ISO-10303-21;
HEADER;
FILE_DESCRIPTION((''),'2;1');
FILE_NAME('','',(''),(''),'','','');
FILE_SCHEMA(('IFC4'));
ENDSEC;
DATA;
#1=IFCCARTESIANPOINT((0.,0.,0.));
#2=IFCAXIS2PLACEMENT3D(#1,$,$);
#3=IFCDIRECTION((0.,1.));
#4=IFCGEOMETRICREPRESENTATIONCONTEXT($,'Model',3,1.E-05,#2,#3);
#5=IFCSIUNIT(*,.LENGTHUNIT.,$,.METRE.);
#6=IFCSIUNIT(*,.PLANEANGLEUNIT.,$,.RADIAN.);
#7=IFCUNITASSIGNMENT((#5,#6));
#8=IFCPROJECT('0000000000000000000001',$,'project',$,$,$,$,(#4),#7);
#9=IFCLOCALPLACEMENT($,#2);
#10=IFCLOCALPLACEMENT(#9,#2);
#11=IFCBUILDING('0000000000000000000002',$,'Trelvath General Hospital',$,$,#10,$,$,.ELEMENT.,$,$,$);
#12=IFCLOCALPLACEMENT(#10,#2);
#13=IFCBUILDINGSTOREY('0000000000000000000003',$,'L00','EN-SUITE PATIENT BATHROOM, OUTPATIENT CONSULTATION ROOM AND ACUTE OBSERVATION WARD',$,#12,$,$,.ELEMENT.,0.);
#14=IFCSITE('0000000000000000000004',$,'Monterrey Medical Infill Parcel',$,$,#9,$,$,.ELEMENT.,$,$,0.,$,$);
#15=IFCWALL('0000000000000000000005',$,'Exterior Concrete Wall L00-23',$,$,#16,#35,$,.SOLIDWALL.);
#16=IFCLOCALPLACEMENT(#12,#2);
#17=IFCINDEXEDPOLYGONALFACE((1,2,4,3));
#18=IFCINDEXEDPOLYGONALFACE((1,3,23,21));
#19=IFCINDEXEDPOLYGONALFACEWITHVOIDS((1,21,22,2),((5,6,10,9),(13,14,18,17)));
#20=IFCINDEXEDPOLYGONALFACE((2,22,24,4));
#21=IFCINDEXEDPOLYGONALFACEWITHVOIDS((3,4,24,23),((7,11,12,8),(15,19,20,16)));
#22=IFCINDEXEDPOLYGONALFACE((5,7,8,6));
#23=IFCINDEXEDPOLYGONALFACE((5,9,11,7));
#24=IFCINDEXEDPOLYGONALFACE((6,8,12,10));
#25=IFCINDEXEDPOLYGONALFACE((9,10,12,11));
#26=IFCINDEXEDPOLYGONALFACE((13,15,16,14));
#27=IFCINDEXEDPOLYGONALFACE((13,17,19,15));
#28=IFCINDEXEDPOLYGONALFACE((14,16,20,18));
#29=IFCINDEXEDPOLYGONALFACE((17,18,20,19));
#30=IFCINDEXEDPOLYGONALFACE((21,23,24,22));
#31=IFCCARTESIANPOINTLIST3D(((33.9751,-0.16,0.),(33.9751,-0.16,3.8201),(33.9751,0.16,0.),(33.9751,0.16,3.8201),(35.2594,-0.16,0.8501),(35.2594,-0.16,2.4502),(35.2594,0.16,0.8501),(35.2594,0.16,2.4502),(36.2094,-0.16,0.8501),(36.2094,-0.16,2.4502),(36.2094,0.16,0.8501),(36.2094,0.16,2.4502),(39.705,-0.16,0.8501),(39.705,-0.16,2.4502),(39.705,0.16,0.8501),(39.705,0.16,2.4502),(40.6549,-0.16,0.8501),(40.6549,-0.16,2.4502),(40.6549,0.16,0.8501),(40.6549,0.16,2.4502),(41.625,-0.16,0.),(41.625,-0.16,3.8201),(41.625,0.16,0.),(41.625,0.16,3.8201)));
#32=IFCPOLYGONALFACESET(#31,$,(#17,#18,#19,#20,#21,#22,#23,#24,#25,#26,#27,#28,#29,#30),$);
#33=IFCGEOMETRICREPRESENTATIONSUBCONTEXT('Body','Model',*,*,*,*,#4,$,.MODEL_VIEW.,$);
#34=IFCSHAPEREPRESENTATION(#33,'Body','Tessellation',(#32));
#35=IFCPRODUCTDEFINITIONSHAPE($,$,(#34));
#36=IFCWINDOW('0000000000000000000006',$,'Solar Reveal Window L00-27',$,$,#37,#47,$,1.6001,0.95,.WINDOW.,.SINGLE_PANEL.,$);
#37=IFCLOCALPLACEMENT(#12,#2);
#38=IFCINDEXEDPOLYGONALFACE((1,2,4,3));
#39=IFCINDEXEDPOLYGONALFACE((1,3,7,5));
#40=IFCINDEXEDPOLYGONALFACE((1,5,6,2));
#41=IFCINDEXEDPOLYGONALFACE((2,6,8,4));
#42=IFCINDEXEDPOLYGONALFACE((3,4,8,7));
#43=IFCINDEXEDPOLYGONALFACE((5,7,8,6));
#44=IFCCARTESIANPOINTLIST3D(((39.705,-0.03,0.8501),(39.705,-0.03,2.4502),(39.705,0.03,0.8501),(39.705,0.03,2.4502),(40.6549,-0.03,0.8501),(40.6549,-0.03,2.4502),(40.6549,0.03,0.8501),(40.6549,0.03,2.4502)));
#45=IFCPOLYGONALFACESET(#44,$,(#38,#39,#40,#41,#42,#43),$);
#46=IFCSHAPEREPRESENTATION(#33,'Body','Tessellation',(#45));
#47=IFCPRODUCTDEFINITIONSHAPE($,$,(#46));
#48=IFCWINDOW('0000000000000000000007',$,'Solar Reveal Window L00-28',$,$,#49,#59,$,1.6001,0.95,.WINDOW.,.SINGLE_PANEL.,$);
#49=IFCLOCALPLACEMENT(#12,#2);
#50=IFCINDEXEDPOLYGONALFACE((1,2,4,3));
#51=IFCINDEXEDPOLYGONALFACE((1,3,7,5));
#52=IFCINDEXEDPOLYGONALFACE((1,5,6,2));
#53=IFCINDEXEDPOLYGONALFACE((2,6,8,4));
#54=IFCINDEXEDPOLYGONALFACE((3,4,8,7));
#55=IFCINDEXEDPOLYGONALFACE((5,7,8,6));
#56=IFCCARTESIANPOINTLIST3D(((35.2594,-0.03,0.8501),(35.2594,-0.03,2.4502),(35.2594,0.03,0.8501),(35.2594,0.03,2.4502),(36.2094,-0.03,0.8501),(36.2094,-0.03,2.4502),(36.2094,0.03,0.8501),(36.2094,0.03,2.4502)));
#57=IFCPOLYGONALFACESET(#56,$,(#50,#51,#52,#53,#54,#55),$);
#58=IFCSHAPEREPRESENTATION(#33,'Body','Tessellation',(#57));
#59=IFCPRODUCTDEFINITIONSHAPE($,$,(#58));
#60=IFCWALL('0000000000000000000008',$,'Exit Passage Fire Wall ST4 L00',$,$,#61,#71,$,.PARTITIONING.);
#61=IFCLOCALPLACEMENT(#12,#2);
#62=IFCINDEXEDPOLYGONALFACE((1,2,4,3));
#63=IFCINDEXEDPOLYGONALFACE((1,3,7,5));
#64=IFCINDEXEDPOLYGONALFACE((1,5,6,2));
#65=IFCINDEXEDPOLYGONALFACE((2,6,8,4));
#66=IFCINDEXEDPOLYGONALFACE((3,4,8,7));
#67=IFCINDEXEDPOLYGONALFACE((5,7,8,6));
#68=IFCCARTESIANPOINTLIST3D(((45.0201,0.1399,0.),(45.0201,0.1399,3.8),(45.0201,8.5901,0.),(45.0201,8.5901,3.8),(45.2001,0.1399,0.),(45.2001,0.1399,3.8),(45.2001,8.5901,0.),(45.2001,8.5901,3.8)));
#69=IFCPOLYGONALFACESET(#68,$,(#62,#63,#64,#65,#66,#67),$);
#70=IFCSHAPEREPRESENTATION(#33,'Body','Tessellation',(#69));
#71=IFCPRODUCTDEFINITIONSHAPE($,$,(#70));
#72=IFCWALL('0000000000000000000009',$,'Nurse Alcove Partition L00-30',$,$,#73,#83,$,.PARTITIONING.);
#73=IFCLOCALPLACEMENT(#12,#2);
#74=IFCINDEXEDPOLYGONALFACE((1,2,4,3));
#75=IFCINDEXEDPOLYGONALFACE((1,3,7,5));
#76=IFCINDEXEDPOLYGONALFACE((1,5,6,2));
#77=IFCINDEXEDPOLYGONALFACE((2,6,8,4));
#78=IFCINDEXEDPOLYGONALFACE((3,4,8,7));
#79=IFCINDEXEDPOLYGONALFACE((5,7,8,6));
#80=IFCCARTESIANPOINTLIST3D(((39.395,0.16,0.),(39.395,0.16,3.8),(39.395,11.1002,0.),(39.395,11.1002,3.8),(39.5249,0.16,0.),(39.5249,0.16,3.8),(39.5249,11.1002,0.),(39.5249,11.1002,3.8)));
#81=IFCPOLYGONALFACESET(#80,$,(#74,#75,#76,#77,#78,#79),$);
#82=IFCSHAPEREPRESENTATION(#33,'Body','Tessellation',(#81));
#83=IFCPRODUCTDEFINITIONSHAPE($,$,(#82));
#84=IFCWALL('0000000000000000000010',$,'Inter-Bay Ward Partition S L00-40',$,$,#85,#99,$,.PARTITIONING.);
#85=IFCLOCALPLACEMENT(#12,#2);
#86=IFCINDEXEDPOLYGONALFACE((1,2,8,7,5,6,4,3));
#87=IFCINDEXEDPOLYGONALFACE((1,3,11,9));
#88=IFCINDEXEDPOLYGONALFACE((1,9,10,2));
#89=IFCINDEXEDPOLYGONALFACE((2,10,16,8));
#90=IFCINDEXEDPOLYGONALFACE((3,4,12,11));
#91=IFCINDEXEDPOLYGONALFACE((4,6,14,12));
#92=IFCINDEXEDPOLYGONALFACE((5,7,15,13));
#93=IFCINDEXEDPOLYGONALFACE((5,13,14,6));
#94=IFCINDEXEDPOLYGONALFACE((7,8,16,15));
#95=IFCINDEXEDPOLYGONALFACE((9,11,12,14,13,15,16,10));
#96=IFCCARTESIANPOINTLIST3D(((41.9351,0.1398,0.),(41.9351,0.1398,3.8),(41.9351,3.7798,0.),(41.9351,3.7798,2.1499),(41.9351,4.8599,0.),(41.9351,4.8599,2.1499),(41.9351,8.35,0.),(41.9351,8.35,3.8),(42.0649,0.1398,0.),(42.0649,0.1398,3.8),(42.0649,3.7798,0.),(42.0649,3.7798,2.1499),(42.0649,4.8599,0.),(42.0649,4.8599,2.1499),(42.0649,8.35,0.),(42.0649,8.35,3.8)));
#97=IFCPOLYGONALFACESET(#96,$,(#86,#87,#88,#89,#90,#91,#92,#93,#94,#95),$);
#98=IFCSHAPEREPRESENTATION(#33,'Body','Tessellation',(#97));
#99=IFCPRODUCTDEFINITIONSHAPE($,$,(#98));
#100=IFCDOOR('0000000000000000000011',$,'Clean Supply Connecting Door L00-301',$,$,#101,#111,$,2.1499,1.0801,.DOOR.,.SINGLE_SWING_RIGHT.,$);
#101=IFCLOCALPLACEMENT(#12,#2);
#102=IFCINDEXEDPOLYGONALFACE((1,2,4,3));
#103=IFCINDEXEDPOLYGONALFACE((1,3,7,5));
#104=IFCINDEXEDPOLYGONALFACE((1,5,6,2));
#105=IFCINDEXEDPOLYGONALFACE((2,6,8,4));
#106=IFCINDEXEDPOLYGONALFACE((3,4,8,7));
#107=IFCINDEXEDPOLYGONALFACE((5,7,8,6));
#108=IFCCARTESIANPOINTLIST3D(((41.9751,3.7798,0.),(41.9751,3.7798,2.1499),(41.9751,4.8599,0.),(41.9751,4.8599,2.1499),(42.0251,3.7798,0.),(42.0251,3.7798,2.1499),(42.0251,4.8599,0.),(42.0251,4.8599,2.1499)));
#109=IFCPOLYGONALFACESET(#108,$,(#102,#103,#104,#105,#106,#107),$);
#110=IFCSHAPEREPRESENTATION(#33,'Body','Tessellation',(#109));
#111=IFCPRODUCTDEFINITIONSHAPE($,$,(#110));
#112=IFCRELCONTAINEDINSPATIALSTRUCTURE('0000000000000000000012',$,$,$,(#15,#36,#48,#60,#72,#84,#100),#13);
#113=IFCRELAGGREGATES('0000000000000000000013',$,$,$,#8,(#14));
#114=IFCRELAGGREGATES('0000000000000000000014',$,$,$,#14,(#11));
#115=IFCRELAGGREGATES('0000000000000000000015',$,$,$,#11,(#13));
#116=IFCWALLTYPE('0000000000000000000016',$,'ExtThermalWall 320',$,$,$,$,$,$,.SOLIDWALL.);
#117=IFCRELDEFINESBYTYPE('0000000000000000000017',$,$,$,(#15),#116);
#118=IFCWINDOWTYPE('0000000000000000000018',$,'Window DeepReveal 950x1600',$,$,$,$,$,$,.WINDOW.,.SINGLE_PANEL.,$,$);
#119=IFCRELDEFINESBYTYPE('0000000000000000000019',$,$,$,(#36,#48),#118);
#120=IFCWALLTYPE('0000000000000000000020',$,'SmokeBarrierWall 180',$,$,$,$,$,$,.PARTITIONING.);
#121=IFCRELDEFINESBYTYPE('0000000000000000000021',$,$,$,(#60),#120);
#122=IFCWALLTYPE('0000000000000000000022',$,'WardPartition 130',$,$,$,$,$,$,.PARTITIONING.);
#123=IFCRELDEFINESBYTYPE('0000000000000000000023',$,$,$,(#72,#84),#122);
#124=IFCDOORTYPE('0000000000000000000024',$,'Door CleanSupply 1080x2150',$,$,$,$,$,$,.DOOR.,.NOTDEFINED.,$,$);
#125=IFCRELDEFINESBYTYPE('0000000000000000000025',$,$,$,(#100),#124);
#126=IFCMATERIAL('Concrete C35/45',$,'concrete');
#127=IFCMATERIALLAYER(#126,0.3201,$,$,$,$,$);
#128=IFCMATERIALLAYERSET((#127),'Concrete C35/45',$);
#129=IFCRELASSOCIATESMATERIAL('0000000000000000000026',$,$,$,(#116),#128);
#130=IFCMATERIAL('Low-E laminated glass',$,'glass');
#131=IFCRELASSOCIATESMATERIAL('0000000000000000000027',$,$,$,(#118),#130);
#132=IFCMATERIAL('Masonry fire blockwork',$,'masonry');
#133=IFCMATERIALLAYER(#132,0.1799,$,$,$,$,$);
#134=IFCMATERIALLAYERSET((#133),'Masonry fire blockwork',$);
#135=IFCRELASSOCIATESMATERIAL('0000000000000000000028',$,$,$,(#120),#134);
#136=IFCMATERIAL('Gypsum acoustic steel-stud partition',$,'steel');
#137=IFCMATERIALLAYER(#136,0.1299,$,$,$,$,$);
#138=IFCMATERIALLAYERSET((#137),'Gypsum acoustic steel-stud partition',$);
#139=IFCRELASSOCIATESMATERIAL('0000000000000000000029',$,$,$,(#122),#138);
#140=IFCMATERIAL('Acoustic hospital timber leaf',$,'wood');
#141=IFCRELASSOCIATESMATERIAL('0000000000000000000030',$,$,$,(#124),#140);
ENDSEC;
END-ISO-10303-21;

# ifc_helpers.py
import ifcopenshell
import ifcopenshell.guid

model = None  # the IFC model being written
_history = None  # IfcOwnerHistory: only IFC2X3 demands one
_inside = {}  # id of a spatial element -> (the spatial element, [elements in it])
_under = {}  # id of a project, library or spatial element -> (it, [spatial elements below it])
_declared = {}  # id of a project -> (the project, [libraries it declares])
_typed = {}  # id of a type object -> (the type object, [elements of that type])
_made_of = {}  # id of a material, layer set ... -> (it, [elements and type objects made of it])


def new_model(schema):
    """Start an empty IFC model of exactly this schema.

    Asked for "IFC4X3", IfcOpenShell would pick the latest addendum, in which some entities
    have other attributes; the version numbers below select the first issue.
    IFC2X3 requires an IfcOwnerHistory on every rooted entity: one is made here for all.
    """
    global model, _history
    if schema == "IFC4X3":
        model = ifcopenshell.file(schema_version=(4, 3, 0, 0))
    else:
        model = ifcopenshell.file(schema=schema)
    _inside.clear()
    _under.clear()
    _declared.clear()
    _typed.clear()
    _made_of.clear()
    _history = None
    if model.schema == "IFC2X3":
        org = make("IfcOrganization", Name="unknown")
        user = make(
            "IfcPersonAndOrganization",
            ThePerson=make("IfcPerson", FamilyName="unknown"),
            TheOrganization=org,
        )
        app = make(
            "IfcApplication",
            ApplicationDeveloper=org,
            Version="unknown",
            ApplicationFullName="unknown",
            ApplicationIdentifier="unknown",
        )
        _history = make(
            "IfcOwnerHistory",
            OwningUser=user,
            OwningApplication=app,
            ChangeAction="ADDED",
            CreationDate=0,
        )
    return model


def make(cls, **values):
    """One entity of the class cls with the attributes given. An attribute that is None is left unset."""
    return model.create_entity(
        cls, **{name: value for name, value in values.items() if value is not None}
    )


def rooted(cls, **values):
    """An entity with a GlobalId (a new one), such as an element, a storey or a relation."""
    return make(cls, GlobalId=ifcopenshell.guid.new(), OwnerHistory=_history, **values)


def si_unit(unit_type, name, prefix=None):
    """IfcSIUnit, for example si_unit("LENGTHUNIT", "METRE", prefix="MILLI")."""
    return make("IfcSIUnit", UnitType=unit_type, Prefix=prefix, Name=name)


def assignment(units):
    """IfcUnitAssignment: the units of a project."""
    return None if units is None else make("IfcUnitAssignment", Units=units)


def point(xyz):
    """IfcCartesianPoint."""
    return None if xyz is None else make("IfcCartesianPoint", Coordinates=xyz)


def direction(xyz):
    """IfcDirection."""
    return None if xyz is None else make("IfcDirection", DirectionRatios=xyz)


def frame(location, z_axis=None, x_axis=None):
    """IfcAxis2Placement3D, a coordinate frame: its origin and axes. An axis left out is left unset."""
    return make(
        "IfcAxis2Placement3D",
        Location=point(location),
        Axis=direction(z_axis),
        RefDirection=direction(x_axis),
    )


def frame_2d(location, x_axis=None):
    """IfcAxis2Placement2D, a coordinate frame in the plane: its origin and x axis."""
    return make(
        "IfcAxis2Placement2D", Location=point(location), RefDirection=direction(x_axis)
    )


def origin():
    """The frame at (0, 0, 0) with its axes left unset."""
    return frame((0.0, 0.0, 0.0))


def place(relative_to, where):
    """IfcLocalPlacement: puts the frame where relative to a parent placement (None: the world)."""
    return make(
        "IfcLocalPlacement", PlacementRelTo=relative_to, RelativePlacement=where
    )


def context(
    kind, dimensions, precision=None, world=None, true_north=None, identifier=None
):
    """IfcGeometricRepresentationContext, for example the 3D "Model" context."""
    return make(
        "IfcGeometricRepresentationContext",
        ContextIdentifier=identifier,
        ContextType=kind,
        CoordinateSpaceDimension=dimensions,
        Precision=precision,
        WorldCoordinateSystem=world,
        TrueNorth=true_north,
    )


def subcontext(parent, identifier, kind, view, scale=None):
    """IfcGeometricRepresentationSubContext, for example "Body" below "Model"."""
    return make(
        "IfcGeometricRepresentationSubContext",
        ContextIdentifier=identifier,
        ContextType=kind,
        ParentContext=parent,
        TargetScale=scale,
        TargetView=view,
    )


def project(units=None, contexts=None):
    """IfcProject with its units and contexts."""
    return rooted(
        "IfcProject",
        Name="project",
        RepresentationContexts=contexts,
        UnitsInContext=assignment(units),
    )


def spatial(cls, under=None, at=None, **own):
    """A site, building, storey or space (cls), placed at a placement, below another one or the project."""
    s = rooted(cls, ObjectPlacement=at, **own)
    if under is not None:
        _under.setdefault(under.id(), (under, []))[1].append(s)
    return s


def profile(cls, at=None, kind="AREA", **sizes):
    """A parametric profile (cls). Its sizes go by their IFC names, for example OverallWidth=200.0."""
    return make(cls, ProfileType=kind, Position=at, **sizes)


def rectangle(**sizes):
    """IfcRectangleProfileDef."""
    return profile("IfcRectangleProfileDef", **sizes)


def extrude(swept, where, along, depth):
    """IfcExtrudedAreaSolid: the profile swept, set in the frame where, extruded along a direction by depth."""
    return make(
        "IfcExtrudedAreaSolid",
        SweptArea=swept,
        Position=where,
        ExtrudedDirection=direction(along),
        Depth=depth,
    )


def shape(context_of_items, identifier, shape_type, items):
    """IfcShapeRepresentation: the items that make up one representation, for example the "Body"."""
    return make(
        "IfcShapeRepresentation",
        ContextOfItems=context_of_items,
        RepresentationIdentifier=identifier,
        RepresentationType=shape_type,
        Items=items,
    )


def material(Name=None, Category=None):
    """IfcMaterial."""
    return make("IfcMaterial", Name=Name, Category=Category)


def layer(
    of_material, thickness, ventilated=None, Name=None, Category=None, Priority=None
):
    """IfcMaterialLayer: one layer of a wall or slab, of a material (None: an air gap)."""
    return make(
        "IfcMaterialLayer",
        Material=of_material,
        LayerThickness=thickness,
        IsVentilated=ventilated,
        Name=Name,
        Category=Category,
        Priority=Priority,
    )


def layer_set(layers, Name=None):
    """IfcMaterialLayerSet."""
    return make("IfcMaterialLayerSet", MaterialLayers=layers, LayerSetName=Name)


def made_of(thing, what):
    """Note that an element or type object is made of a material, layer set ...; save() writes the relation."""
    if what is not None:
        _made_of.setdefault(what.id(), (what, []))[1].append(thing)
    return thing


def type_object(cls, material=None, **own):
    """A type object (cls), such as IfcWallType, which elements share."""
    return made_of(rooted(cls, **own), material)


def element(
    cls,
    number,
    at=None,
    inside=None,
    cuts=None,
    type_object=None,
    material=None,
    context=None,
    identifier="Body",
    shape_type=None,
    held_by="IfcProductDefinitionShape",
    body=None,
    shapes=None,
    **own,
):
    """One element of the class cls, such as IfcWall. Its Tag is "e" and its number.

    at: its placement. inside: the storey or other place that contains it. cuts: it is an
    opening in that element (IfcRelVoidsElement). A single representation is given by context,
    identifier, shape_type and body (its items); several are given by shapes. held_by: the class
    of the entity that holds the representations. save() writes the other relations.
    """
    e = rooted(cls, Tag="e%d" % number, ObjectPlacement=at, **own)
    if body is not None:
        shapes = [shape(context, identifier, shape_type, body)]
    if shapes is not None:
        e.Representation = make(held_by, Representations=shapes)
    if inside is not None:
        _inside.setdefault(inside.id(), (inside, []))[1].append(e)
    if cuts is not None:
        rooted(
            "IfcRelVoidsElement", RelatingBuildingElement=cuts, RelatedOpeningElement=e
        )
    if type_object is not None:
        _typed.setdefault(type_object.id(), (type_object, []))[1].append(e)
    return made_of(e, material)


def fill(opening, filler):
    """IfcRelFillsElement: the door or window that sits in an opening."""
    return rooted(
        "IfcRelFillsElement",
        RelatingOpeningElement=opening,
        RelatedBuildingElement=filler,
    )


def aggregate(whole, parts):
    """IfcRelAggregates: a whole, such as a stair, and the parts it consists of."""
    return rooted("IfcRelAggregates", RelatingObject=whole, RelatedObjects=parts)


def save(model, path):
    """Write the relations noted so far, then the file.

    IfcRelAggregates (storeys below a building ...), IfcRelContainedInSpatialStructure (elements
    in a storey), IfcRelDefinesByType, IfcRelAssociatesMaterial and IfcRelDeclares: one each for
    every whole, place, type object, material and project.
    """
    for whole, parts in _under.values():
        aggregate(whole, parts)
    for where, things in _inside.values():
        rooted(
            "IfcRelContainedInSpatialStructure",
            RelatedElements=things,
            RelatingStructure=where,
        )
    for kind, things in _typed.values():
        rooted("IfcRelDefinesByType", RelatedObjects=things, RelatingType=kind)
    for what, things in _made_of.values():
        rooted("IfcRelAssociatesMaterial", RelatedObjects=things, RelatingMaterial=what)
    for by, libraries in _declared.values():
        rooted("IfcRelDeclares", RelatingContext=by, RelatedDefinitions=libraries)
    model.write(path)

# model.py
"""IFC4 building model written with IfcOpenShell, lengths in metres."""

from ifc_helpers import new_model, si_unit, direction, frame, frame_2d, origin, place, context, subcontext, project, spatial, rectangle, extrude, material, layer, layer_set, type_object, element, fill, save


model = new_model("IFC4")

# Units and contexts
model_context = context("Model", 3, precision=1e-05, world=origin(), true_north=direction((0.0, 1.0)))
body_context = subcontext(model_context, "Body", "Model", "MODEL_VIEW")
ifc_project = project(units=[si_unit("LENGTHUNIT", "METRE"), si_unit("PLANEANGLEUNIT", "RADIAN")], contexts=[model_context])

# Site, building, storey
site_placement = place(None, origin())
site = spatial("IfcSite", under=ifc_project, at=site_placement, Name="Monterrey Medical Infill Parcel", CompositionType="ELEMENT", RefElevation=0.0)
building_placement = place(site_placement, origin())
building = spatial("IfcBuilding", under=site, at=building_placement, Name="Trelvath General Hospital", CompositionType="ELEMENT")
storey_placement = place(building_placement, origin())
storey = spatial("IfcBuildingStorey", under=building, at=storey_placement, Name="L00", Description="EN-SUITE PATIENT BATHROOM, OUTPATIENT CONSULTATION ROOM AND ACUTE OBSERVATION WARD", CompositionType="ELEMENT", Elevation=0.0)

# Wall, openings, windows
ifc_material_1 = material(Name="Concrete C35/45", Category="concrete")
ifc_layer_1 = layer(ifc_material_1, 0.3201)
ifc_layer_set_1 = layer_set([ifc_layer_1], Name="Concrete C35/45")
wall_type_1 = type_object("IfcWallType", Name="ExtThermalWall 320", PredefinedType="SOLIDWALL", material=ifc_layer_set_1)
wall_1_placement = place(storey_placement, frame((41.625, 0.0, 0.0), z_axis=(0.0, 0.0, 1.0), x_axis=(-1.0, 0.0, 0.0)))
wall_1 = element("IfcWall", 1, at=wall_1_placement, inside=storey, type_object=wall_type_1, Name="Exterior Concrete Wall L00-23", PredefinedType="SOLIDWALL", context=body_context, shape_type="SweptSolid", body=[
    extrude(rectangle(XDim=7.6499, YDim=0.3201, at=frame_2d((3.825, 0.0))), origin(), (0.0, 0.0, 1.0), 3.8201),
])
opening_1_placement = place(wall_1_placement, frame((0.97, 0.0, 0.8501)))
opening_1 = element("IfcOpeningElement", 2, at=opening_1_placement, cuts=wall_1, PredefinedType="OPENING", context=body_context, shape_type="SweptSolid", body=[
    extrude(rectangle(XDim=0.95, YDim=1.6001, at=frame_2d((0.4751, 0.8))), frame((0.0, 0.1699, 0.0), z_axis=(0.0, -1.0, 0.0), x_axis=(1.0, 0.0, 0.0)), (0.0, 0.0, 1.0), 0.3401),
])
opening_2_placement = place(wall_1_placement, frame((5.4155, 0.0, 0.8501)))
opening_2 = element("IfcOpeningElement", 3, at=opening_2_placement, cuts=wall_1, PredefinedType="OPENING", context=body_context, shape_type="SweptSolid", body=[
    extrude(rectangle(XDim=0.95, YDim=1.6001, at=frame_2d((0.4751, 0.8))), frame((0.0, 0.1699, 0.0), z_axis=(0.0, -1.0, 0.0), x_axis=(1.0, 0.0, 0.0)), (0.0, 0.0, 1.0), 0.3401),
])
ifc_material_2 = material(Name="Low-E laminated glass", Category="glass")
window_type = type_object("IfcWindowType", Name="Window DeepReveal 950x1600", PartitioningType="SINGLE_PANEL", PredefinedType="WINDOW", material=ifc_material_2)
window_1_placement = place(opening_1_placement, origin())
window_1 = element("IfcWindow", 4, at=window_1_placement, inside=storey, type_object=window_type, Name="Solar Reveal Window L00-27", OverallHeight=1.6001, OverallWidth=0.95, PartitioningType="SINGLE_PANEL", PredefinedType="WINDOW", context=body_context, shape_type="SweptSolid", body=[
    extrude(rectangle(XDim=0.95, YDim=1.6001, at=frame_2d((0.4751, 0.8))), frame((0.0, 0.03, 0.0), z_axis=(0.0, -1.0, 0.0), x_axis=(1.0, 0.0, 0.0)), (0.0, 0.0, 1.0), 0.0601),
])
fill(opening_1, window_1)
window_2_placement = place(opening_2_placement, origin())
window_2 = element("IfcWindow", 5, at=window_2_placement, inside=storey, type_object=window_type, Name="Solar Reveal Window L00-28", OverallHeight=1.6001, OverallWidth=0.95, PartitioningType="SINGLE_PANEL", PredefinedType="WINDOW", context=body_context, shape_type="SweptSolid", body=[
    extrude(rectangle(XDim=0.95, YDim=1.6001, at=frame_2d((0.4751, 0.8))), frame((0.0, 0.03, 0.0), z_axis=(0.0, -1.0, 0.0), x_axis=(1.0, 0.0, 0.0)), (0.0, 0.0, 1.0), 0.0601),
])
fill(opening_2, window_2)

# Walls
ifc_material_3 = material(Name="Masonry fire blockwork", Category="masonry")
ifc_layer_2 = layer(ifc_material_3, 0.1799)
ifc_layer_set_2 = layer_set([ifc_layer_2], Name="Masonry fire blockwork")
wall_type_2 = type_object("IfcWallType", Name="SmokeBarrierWall 180", PredefinedType="PARTITIONING", material=ifc_layer_set_2)
wall_2_placement = place(storey_placement, frame((45.1101, 0.1399, 0.0), z_axis=(0.0, 0.0, 1.0), x_axis=(0.0, 1.0, 0.0)))
element("IfcWall", 6, at=wall_2_placement, inside=storey, type_object=wall_type_2, Name="Exit Passage Fire Wall ST4 L00", PredefinedType="PARTITIONING", context=body_context, shape_type="SweptSolid", body=[
    extrude(rectangle(XDim=8.4502, YDim=0.1799, at=frame_2d((4.2251, 0.0))), origin(), (0.0, 0.0, 1.0), 3.8),
])
ifc_material_4 = material(Name="Gypsum acoustic steel-stud partition", Category="steel")
ifc_layer_3 = layer(ifc_material_4, 0.1299)
ifc_layer_set_3 = layer_set([ifc_layer_3], Name="Gypsum acoustic steel-stud partition")
wall_type_3 = type_object("IfcWallType", Name="WardPartition 130", PredefinedType="PARTITIONING", material=ifc_layer_set_3)
wall_3_placement = place(storey_placement, frame((39.46, 0.1599, 0.0), z_axis=(0.0, 0.0, 1.0), x_axis=(0.0, 1.0, 0.0)))
element("IfcWall", 7, at=wall_3_placement, inside=storey, type_object=wall_type_3, Name="Nurse Alcove Partition L00-30", PredefinedType="PARTITIONING", context=body_context, shape_type="SweptSolid", body=[
    extrude(rectangle(XDim=10.9402, YDim=0.1299, at=frame_2d((5.4702, 0.0))), origin(), (0.0, 0.0, 1.0), 3.8),
])

# Wall, opening, door
wall_4_placement = place(storey_placement, frame((42.0, 0.1399, 0.0), z_axis=(0.0, 0.0, 1.0), x_axis=(0.0, 1.0, 0.0)))
wall_4 = element("IfcWall", 8, at=wall_4_placement, inside=storey, type_object=wall_type_3, Name="Inter-Bay Ward Partition S L00-40", PredefinedType="PARTITIONING", context=body_context, shape_type="SweptSolid", body=[
    extrude(rectangle(XDim=8.2102, YDim=0.1299, at=frame_2d((4.105, 0.0))), origin(), (0.0, 0.0, 1.0), 3.8),
])
opening_3_placement = place(wall_4_placement, frame((3.6399, 0.0, 0.0)))
opening_3 = element("IfcOpeningElement", 9, at=opening_3_placement, cuts=wall_4, PredefinedType="OPENING", context=body_context, shape_type="SweptSolid", body=[
    extrude(rectangle(XDim=1.0801, YDim=2.1499, at=frame_2d((0.54, 1.075))), frame((0.0, 0.075, 0.0), z_axis=(0.0, -1.0, 0.0), x_axis=(1.0, 0.0, 0.0)), (0.0, 0.0, 1.0), 0.1499),
])
ifc_material_5 = material(Name="Acoustic hospital timber leaf", Category="wood")
door_type = type_object("IfcDoorType", Name="Door CleanSupply 1080x2150", OperationType="NOTDEFINED", PredefinedType="DOOR", material=ifc_material_5)
door_placement = place(opening_3_placement, origin())
door = element("IfcDoor", 10, at=door_placement, inside=storey, type_object=door_type, Name="Clean Supply Connecting Door L00-301", OperationType="SINGLE_SWING_RIGHT", OverallHeight=2.1499, OverallWidth=1.0801, PredefinedType="DOOR", context=body_context, shape_type="SweptSolid", body=[
    extrude(rectangle(XDim=1.0801, YDim=2.1499, at=frame_2d((0.54, 1.075))), frame((0.0, 0.0249, 0.0), z_axis=(0.0, -1.0, 0.0), x_axis=(1.0, 0.0, 0.0)), (0.0, 0.0, 1.0), 0.05),
])
fill(opening_3, door)

save(model, "model.ifc")
